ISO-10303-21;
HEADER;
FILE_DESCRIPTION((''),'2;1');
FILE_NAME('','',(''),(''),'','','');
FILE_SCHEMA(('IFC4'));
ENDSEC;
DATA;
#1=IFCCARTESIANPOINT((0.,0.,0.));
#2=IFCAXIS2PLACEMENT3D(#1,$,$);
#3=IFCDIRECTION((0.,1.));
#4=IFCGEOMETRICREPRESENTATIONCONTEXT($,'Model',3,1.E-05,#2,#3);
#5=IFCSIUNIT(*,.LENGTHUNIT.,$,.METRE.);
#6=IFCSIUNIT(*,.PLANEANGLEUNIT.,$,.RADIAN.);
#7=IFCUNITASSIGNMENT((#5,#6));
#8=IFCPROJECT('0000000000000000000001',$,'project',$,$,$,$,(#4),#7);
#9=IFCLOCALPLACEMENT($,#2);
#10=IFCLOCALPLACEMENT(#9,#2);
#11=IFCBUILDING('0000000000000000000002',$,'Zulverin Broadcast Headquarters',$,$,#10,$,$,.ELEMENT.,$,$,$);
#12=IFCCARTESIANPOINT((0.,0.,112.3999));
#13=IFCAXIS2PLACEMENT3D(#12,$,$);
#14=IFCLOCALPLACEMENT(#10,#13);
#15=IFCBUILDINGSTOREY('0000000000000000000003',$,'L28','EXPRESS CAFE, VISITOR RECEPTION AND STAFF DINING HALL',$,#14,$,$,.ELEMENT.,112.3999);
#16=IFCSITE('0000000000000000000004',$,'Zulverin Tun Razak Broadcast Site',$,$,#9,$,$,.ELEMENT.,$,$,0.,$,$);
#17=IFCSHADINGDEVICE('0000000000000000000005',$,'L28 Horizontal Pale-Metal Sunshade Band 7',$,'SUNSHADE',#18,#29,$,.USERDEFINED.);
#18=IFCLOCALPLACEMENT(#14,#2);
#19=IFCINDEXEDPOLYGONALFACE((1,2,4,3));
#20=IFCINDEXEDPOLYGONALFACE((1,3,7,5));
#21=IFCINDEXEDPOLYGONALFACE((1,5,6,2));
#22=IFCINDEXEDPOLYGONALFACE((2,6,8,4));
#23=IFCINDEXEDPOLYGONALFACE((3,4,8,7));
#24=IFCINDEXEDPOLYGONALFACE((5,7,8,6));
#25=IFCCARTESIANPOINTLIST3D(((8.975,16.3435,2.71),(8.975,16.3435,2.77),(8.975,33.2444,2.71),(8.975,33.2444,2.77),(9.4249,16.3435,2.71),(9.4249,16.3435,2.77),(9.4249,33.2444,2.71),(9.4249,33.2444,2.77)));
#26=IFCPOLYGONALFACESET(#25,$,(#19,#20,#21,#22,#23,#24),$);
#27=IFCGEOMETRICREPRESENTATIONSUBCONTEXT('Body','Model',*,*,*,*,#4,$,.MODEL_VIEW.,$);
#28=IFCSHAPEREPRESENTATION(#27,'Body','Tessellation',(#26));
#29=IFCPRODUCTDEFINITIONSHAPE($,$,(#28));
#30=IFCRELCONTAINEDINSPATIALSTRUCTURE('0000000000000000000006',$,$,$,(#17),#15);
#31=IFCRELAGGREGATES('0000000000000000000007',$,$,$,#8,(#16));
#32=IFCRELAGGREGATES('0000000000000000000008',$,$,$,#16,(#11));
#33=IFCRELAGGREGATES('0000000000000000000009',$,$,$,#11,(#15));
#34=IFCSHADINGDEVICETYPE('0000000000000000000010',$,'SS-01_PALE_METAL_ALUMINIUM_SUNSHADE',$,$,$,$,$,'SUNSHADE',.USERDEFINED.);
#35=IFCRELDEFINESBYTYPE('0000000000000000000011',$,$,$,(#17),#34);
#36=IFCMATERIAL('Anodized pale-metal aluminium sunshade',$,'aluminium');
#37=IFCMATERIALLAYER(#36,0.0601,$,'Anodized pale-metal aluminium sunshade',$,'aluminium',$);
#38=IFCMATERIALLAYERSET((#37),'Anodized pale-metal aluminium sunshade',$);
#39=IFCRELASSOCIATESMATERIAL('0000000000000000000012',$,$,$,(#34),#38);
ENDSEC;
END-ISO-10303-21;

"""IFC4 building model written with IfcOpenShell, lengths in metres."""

from ifc_helpers import new_model, si_unit, direction, frame, origin, origin_2d, place, context, subcontext, project, spatial, rectangle, extrude, material, layer, layer_set, type_object, element, save


model = new_model("IFC4")

# Units and contexts
model_context = context("Model", 3, precision=1e-05, world=origin(), true_north=direction((0.0, 1.0)))
body_context = subcontext(model_context, "Body", "Model", "MODEL_VIEW")
ifc_project = project(units=[si_unit("LENGTHUNIT", "METRE"), si_unit("PLANEANGLEUNIT", "RADIAN")], contexts=[model_context])

# Site, building, storey
site_placement = place(None, origin())
site = spatial("IfcSite", under=ifc_project, at=site_placement, Name="Zulverin Tun Razak Broadcast Site", CompositionType="ELEMENT", RefElevation=0.0)
building_placement = place(site_placement, origin())
building = spatial("IfcBuilding", under=site, at=building_placement, Name="Zulverin Broadcast Headquarters", CompositionType="ELEMENT")
storey_placement = place(building_placement, frame((0.0, 0.0, 112.3999)))
storey = spatial("IfcBuildingStorey", under=building, at=storey_placement, Name="L28", Description="EXPRESS CAFE, VISITOR RECEPTION AND STAFF DINING HALL", CompositionType="ELEMENT", Elevation=112.3999)

# Shading device
ifc_material_1 = material(Name="Anodized pale-metal aluminium sunshade", Category="aluminium")
ifc_layer_1 = layer(ifc_material_1, 0.0601, Name="Anodized pale-metal aluminium sunshade", Category="aluminium")
ifc_layer_set_1 = layer_set([ifc_layer_1], Name="Anodized pale-metal aluminium sunshade")
shading_device_type_1 = type_object("IfcShadingDeviceType", Name="SS-01_PALE_METAL_ALUMINIUM_SUNSHADE", ElementType="SUNSHADE", PredefinedType="USERDEFINED", material=ifc_layer_set_1)
shading_device_1_placement = place(storey_placement, frame((9.2, 24.7939, 2.71), z_axis=(0.0, 0.0, 1.0), x_axis=(0.0, -1.0, 0.0)))
element("IfcShadingDevice", 1, at=shading_device_1_placement, inside=storey, type_object=shading_device_type_1, Name="L28 Horizontal Pale-Metal Sunshade Band 7", ObjectType="SUNSHADE", PredefinedType="USERDEFINED", context=body_context, shape_type="SweptSolid", body=[
    extrude(rectangle(XDim=16.9009, YDim=0.45, at=origin_2d()), origin(), (0.0, 0.0, 1.0), 0.0601),
])

save(model, "model.ifc")
